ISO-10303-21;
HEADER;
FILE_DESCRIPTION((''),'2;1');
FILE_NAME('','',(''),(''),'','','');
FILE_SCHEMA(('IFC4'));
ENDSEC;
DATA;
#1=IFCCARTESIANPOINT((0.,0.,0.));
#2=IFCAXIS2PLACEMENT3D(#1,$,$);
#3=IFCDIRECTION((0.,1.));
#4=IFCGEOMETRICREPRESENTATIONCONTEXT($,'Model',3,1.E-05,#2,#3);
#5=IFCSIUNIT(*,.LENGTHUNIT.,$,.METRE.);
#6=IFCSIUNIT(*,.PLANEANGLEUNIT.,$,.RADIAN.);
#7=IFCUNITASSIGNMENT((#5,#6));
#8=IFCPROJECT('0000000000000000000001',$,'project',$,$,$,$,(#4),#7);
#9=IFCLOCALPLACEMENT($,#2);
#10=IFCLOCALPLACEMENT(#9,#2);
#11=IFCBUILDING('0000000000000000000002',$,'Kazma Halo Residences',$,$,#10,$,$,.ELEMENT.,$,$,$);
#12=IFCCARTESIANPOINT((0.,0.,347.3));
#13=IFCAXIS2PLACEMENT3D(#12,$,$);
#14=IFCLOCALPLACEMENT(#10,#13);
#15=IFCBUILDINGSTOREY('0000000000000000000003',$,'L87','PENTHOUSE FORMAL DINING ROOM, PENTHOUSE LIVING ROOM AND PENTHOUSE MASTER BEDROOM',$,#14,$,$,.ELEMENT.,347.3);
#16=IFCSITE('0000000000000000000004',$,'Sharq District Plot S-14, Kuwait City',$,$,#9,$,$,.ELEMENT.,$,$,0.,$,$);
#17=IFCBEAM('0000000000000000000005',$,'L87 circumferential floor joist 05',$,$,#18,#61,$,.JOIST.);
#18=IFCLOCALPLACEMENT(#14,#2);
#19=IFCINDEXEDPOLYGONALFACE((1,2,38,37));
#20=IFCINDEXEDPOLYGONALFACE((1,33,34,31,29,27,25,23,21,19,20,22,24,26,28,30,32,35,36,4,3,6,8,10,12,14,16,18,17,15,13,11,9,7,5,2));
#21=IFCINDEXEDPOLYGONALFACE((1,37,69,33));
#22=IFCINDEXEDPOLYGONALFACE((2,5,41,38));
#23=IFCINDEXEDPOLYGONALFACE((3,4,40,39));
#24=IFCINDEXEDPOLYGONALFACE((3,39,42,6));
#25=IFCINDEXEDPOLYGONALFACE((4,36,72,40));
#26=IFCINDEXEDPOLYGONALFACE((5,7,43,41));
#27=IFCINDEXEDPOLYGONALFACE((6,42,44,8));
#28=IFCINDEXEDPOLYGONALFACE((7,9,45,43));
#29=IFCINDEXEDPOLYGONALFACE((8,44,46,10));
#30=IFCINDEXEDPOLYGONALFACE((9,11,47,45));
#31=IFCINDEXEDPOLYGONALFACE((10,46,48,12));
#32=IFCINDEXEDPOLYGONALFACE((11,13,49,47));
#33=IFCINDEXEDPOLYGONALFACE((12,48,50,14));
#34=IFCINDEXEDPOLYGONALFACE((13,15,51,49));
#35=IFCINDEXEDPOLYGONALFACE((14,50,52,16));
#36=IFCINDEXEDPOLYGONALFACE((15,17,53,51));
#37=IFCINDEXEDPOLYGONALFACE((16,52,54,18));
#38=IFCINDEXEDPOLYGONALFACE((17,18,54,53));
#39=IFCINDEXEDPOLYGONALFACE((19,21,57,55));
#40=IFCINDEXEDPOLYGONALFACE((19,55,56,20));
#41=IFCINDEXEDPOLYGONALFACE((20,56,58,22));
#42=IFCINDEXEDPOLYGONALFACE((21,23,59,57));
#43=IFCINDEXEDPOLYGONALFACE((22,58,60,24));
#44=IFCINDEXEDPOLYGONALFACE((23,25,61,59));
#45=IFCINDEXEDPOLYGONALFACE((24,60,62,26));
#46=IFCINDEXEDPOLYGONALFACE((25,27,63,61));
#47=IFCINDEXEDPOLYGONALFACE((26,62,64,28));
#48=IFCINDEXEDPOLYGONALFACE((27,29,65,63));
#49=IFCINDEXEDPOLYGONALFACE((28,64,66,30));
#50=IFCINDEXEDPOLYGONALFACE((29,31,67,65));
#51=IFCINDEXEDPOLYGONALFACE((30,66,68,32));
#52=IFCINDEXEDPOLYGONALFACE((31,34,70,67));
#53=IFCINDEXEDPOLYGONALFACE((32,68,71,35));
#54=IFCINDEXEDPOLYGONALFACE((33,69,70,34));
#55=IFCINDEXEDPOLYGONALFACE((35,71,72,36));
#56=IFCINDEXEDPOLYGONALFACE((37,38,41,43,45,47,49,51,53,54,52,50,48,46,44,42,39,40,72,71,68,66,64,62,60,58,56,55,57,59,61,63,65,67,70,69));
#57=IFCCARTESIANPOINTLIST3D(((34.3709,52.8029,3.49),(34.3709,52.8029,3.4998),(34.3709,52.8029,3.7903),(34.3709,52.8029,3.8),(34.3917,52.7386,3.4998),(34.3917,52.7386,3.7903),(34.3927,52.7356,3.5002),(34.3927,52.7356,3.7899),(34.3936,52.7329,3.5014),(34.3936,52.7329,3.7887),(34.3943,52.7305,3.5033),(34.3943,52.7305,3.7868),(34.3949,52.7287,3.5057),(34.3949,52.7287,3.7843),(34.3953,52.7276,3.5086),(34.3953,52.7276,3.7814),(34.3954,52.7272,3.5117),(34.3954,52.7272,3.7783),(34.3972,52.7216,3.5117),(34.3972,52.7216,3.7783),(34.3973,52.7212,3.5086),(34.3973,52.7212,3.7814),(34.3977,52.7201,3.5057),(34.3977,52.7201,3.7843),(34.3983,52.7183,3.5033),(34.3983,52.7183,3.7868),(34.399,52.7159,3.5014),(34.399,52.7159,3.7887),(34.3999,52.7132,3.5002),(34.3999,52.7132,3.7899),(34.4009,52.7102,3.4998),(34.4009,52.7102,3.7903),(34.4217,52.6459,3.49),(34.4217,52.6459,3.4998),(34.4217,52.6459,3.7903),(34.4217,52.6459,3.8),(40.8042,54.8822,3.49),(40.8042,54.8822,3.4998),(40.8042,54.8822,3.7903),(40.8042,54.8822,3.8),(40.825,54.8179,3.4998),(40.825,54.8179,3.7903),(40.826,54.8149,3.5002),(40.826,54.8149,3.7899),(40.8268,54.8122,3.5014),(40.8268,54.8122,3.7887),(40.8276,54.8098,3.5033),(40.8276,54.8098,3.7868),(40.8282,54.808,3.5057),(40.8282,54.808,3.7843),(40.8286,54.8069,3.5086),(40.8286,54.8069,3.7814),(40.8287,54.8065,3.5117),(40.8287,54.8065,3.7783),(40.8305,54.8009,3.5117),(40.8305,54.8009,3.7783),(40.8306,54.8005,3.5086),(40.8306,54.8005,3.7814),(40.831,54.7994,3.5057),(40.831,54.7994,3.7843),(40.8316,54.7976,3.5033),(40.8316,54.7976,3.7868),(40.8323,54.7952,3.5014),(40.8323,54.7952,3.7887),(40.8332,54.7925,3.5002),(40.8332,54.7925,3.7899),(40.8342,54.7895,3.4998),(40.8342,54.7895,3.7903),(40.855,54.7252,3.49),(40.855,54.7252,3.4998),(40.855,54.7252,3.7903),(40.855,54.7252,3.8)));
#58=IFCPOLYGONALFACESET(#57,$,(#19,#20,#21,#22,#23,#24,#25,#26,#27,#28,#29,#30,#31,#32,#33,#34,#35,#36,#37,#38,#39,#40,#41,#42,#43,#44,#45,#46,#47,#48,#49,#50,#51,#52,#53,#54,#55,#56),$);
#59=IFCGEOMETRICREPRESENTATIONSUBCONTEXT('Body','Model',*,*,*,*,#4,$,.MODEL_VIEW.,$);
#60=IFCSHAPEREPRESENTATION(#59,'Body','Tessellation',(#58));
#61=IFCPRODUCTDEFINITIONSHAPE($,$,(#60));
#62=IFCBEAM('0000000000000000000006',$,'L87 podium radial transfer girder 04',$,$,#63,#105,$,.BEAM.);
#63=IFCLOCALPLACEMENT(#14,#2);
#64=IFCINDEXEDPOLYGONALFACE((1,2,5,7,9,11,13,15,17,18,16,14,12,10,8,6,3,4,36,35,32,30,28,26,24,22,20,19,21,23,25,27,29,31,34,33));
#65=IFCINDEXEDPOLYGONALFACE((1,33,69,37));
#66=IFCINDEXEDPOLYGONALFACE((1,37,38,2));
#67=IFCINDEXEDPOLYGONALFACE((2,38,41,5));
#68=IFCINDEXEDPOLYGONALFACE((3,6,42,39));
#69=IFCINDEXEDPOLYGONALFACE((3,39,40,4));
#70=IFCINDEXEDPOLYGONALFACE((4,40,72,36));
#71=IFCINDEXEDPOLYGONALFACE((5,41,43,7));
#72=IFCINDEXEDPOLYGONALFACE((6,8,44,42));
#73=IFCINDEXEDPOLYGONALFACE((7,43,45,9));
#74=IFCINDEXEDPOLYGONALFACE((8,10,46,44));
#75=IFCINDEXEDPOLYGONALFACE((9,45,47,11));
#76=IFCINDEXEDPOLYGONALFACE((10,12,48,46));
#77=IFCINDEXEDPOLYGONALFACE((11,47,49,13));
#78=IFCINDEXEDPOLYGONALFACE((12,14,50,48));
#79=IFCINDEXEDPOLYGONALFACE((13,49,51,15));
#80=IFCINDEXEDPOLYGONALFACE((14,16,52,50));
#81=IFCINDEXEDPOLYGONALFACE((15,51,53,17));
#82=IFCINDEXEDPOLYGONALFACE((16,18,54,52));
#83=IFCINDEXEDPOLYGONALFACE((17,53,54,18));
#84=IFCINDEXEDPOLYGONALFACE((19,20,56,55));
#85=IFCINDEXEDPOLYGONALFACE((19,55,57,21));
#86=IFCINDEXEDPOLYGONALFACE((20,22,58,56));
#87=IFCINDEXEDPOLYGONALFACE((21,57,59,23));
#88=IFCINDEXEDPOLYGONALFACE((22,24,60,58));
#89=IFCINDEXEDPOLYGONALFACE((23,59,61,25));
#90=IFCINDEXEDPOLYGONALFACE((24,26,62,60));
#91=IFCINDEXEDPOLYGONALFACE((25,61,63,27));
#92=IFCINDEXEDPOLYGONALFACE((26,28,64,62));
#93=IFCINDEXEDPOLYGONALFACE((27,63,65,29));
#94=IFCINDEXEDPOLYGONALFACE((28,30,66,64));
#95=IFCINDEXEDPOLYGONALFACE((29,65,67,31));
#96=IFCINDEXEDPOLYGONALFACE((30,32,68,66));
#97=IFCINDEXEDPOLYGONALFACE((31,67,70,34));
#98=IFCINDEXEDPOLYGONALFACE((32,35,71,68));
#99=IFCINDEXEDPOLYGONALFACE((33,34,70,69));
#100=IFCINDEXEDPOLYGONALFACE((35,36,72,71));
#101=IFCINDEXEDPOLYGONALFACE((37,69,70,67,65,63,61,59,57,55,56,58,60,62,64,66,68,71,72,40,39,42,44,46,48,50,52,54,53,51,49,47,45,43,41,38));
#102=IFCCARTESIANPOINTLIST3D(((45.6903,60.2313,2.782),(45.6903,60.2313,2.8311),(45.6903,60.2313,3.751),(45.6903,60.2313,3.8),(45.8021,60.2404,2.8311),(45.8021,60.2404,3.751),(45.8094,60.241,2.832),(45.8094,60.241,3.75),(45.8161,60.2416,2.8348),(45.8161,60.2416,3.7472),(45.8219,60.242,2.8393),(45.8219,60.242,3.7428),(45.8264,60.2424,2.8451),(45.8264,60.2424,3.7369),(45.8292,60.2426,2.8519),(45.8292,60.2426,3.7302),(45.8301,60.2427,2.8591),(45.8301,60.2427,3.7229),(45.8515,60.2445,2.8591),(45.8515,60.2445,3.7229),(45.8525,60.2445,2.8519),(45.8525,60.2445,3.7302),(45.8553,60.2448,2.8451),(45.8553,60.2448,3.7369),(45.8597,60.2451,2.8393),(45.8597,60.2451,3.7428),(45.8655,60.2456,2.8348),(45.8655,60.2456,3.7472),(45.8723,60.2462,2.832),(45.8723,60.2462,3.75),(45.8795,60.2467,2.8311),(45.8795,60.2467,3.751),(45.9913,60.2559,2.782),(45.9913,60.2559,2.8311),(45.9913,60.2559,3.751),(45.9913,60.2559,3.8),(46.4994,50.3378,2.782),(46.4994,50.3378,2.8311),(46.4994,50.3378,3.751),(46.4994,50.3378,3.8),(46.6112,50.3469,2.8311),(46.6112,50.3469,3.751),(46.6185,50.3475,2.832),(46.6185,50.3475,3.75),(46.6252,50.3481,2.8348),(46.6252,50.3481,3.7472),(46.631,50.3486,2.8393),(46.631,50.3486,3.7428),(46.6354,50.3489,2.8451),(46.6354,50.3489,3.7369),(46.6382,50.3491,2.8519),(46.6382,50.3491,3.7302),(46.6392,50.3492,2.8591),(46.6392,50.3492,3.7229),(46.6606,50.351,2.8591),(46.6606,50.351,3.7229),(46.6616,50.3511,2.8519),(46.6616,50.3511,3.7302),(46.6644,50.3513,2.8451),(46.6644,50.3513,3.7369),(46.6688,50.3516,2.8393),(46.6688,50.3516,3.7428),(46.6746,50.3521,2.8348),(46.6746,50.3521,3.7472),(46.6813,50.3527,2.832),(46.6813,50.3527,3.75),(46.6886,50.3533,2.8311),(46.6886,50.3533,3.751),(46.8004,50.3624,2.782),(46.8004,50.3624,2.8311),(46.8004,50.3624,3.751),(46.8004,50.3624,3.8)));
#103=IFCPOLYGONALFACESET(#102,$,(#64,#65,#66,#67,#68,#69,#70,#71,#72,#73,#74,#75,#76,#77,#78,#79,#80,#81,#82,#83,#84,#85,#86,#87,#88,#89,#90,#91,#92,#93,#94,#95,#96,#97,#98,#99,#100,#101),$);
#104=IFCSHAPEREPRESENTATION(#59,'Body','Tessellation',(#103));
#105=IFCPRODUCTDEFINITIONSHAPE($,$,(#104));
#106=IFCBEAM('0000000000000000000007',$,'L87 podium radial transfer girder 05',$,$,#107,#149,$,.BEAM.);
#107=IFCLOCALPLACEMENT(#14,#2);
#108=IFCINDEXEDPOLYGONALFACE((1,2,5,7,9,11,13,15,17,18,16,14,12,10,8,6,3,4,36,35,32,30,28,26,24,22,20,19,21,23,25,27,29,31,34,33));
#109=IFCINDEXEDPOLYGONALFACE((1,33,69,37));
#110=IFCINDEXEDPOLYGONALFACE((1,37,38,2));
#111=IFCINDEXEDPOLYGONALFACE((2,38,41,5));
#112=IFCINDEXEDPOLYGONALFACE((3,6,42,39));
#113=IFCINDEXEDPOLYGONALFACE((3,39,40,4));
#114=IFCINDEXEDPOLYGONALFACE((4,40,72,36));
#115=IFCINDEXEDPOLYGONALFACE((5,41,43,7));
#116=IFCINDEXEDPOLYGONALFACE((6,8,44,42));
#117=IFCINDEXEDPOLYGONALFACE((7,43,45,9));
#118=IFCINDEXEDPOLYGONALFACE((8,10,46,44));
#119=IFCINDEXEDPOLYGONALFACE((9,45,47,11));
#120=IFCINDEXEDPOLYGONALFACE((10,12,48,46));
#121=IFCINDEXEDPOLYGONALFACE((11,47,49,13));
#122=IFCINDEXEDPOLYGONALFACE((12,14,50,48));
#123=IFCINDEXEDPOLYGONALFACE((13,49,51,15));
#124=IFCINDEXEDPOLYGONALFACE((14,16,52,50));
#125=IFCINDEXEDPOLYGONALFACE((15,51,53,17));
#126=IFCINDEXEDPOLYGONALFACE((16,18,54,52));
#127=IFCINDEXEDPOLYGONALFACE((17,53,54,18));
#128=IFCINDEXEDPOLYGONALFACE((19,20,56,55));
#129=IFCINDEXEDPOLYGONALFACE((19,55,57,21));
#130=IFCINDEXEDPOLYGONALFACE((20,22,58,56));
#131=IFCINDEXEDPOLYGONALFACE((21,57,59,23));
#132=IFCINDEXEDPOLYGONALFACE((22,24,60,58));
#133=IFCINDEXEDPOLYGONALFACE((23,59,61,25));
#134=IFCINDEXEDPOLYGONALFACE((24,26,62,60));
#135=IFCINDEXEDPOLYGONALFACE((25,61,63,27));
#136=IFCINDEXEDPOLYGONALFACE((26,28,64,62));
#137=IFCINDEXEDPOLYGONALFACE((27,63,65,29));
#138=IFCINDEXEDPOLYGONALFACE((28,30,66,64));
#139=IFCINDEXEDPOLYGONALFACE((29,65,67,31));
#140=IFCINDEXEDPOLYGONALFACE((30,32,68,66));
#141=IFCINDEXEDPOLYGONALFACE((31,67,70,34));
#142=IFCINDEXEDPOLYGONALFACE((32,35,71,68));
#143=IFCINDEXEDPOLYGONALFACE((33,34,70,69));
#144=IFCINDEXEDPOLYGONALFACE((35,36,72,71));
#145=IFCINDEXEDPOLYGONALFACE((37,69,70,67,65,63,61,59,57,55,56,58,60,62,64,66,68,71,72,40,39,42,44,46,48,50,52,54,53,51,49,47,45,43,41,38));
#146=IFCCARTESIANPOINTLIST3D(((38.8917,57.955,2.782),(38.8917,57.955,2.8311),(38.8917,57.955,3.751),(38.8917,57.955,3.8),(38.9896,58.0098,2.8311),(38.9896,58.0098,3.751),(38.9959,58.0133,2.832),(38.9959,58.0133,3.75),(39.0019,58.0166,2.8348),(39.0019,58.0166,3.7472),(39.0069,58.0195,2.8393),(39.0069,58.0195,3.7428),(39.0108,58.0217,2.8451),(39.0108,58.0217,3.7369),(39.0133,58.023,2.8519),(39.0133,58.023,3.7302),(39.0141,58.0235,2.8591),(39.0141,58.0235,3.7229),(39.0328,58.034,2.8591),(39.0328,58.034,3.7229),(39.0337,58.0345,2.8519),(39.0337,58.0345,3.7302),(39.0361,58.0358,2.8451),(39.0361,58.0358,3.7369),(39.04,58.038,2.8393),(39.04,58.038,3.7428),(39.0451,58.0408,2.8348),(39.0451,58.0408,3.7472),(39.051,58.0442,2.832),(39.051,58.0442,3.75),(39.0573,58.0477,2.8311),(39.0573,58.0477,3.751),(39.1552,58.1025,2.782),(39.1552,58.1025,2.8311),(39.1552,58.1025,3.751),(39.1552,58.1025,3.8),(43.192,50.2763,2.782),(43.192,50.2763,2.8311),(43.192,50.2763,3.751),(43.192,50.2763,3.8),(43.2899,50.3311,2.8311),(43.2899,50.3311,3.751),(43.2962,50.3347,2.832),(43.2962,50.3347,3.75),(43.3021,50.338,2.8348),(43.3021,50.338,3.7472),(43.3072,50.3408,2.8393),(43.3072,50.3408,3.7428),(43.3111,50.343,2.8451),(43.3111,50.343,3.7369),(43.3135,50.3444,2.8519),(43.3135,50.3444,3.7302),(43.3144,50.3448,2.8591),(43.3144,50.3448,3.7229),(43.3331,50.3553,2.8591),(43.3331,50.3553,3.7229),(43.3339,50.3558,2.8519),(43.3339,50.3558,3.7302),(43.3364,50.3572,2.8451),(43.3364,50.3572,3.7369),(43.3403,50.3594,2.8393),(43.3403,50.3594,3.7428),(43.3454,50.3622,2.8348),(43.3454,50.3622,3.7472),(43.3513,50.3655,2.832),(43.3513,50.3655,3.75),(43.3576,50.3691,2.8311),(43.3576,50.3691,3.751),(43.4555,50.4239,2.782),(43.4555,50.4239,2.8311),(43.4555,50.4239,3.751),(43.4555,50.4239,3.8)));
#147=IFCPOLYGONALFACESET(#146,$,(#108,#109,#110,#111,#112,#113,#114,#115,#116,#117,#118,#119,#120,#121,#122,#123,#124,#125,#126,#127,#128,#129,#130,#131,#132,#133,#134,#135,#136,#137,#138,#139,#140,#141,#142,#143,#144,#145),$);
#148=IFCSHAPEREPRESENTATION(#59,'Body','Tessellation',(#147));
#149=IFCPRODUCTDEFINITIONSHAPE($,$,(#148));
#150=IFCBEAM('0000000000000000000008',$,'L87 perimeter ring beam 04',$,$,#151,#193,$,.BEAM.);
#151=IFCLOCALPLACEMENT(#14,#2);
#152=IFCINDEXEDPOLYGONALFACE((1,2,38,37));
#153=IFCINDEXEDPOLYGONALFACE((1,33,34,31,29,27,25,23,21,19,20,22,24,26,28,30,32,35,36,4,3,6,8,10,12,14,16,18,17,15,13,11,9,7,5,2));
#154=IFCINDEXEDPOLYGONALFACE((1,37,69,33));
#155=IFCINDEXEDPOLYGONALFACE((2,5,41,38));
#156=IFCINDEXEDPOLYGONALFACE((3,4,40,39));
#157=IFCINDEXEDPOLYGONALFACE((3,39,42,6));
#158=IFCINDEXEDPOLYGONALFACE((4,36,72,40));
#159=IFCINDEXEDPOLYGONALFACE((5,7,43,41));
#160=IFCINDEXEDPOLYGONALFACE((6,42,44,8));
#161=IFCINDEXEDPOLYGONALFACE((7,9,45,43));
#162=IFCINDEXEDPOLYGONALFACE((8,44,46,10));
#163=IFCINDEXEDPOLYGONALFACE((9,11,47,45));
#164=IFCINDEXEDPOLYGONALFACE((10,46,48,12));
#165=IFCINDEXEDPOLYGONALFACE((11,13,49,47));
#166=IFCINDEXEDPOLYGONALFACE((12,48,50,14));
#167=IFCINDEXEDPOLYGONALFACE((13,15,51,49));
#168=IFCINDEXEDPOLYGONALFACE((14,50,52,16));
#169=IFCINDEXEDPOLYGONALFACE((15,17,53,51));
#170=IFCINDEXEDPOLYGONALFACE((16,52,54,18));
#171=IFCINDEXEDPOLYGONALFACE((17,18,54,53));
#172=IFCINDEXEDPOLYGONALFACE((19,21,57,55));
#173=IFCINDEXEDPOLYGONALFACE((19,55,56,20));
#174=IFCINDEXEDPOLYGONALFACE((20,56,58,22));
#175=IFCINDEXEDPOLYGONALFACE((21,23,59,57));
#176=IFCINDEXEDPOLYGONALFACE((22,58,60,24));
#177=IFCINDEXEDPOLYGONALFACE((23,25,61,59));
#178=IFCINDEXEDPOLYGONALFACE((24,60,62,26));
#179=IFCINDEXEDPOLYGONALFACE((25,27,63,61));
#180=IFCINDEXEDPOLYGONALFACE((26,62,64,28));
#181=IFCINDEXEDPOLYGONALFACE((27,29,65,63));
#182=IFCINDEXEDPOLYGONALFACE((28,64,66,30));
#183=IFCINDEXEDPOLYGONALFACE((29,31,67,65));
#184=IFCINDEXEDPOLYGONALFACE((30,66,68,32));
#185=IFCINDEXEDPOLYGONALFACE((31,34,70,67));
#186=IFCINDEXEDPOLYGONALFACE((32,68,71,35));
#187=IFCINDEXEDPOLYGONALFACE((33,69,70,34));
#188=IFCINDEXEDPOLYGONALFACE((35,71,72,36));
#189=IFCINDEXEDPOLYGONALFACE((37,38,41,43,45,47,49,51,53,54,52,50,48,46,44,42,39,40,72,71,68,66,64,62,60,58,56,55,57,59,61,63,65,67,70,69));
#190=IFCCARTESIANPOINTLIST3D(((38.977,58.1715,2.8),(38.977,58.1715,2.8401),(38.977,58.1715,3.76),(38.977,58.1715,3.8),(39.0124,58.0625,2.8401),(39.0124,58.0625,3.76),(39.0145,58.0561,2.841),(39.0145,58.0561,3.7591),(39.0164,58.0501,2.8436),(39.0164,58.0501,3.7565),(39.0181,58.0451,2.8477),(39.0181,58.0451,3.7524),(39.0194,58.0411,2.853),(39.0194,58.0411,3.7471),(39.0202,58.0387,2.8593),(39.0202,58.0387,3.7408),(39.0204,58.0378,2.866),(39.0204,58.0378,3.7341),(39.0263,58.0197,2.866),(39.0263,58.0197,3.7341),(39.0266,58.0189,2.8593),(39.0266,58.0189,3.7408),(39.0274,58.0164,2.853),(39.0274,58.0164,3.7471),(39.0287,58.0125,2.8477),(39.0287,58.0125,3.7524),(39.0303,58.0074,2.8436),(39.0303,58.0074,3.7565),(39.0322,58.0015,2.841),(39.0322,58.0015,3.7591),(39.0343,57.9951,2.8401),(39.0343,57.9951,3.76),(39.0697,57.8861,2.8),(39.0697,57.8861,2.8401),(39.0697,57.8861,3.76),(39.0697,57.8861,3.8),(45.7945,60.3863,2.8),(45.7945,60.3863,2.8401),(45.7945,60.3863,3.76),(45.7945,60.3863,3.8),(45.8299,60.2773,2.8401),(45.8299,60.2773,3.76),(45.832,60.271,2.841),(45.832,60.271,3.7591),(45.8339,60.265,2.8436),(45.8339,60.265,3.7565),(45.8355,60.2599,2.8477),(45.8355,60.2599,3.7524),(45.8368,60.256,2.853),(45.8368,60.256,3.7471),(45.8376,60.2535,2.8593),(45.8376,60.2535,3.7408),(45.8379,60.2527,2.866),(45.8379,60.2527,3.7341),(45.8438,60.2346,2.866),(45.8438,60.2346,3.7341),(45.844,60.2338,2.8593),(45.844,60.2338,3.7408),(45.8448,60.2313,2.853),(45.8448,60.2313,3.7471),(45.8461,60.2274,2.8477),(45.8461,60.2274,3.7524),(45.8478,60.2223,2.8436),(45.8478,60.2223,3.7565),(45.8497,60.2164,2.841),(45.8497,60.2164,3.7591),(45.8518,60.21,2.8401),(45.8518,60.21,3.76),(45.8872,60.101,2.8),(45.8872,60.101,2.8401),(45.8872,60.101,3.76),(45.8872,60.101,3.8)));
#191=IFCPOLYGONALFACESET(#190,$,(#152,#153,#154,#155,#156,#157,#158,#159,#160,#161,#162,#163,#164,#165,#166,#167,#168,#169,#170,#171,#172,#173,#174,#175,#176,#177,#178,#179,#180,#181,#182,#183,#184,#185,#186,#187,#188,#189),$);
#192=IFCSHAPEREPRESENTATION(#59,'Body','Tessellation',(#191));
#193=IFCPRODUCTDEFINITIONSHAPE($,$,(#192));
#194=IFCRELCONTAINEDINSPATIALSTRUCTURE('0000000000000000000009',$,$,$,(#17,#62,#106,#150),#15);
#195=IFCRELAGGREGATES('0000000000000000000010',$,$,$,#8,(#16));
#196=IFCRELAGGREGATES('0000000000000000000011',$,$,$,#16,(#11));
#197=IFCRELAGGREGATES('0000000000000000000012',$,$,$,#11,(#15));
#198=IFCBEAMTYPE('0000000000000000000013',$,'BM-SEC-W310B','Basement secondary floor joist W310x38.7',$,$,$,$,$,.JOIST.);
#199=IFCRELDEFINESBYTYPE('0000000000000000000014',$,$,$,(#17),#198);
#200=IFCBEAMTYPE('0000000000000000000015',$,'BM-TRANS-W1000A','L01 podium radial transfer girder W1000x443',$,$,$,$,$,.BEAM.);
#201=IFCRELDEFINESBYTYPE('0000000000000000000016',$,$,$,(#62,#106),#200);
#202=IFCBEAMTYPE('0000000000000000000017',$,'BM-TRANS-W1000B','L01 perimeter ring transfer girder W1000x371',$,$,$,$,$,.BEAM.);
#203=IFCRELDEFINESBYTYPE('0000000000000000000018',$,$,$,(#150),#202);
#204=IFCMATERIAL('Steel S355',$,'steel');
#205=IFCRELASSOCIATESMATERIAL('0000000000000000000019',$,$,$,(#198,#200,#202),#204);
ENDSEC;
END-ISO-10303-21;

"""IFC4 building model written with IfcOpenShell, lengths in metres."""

from ifc_helpers import new_model, si_unit, direction, frame, origin, origin_2d, place, context, subcontext, project, spatial, i_section, extrude, material, material_profile, profile_set, type_object, element, save


model = new_model("IFC4")

# Units and contexts
model_context = context("Model", 3, precision=1e-05, world=origin(), true_north=direction((0.0, 1.0)))
body_context = subcontext(model_context, "Body", "Model", "MODEL_VIEW")
ifc_project = project(units=[si_unit("LENGTHUNIT", "METRE"), si_unit("PLANEANGLEUNIT", "RADIAN")], contexts=[model_context])

# Site, building, storey
site_placement = place(None, origin())
site = spatial("IfcSite", under=ifc_project, at=site_placement, Name="Sharq District Plot S-14, Kuwait City", CompositionType="ELEMENT", RefElevation=0.0)
building_placement = place(site_placement, origin())
building = spatial("IfcBuilding", under=site, at=building_placement, Name="Kazma Halo Residences", CompositionType="ELEMENT")
storey_placement = place(building_placement, frame((0.0, 0.0, 347.3)))
storey = spatial("IfcBuildingStorey", under=building, at=storey_placement, Name="L87", Description="PENTHOUSE FORMAL DINING ROOM, PENTHOUSE LIVING ROOM AND PENTHOUSE MASTER BEDROOM", CompositionType="ELEMENT", Elevation=347.3)

# Beams
ifc_material_1 = material(Name="Steel S355", Category="steel")
ifc_material_profile_1 = material_profile(ifc_material_1, i_section(OverallWidth=0.165, OverallDepth=0.3101, WebThickness=0.0059, FlangeThickness=0.0098, FilletRadius=0.012, at=origin_2d()), Name="W310x38.7")
ifc_profile_set_1 = profile_set([ifc_material_profile_1], Name="Steel S355")
beam_type_1 = type_object("IfcBeamType", Name="BM-SEC-W310B", Description="Basement secondary floor joist W310x38.7", PredefinedType="JOIST", material=ifc_profile_set_1)
beam_1_placement = place(storey_placement, frame((40.8296, 54.8037, 3.645), z_axis=(-0.951533, -0.307548, 0.0), x_axis=(0.307548, -0.951533, 0.0)))
element("IfcBeam", 1, at=beam_1_placement, inside=storey, type_object=beam_type_1, Name="L87 circumferential floor joist 05", PredefinedType="JOIST", context=body_context, shape_type="SweptSolid", body=[
    extrude(i_section(OverallWidth=0.165, OverallDepth=0.3101, WebThickness=0.0059, FlangeThickness=0.0098, FilletRadius=0.012, at=origin_2d()), origin(), (0.0, 0.0, 1.0), 6.761),
])
ifc_material_profile_2 = material_profile(ifc_material_1, i_section(OverallWidth=0.302, OverallDepth=1.0181, WebThickness=0.0215, FlangeThickness=0.0491, FilletRadius=0.0281, at=origin_2d()), Name="W1000x443")
ifc_profile_set_2 = profile_set([ifc_material_profile_2], Name="Steel S355")
beam_type_2 = type_object("IfcBeamType", Name="BM-TRANS-W1000A", Description="L01 podium radial transfer girder W1000x443", PredefinedType="BEAM", material=ifc_profile_set_2)
beam_2_placement = place(storey_placement, frame((46.6499, 50.3501, 3.291), z_axis=(-0.081507, 0.996673, 0.0), x_axis=(-0.996673, -0.081507, 0.0)))
element("IfcBeam", 2, at=beam_2_placement, inside=storey, type_object=beam_type_2, Name="L87 podium radial transfer girder 04", PredefinedType="BEAM", context=body_context, shape_type="SweptSolid", body=[
    extrude(i_section(OverallWidth=0.302, OverallDepth=1.0181, WebThickness=0.0215, FlangeThickness=0.0491, FilletRadius=0.0281, at=origin_2d()), origin(), (0.0, 0.0, 1.0), 9.9265),
])
beam_3_placement = place(storey_placement, frame((43.3237, 50.3501, 3.291), z_axis=(-0.488622, 0.872496, 0.0), x_axis=(-0.872496, -0.488622, 0.0)))
element("IfcBeam", 3, at=beam_3_placement, inside=storey, type_object=beam_type_2, Name="L87 podium radial transfer girder 05", PredefinedType="BEAM", context=body_context, shape_type="SweptSolid", body=[
    extrude(i_section(OverallWidth=0.302, OverallDepth=1.0181, WebThickness=0.0215, FlangeThickness=0.0491, FilletRadius=0.0281, at=origin_2d()), origin(), (0.0, 0.0, 1.0), 8.8008),
])
ifc_material_profile_3 = material_profile(ifc_material_1, i_section(OverallWidth=0.3, OverallDepth=1.0, WebThickness=0.019, FlangeThickness=0.04, FilletRadius=0.0259, at=origin_2d()), Name="W1000x371")
ifc_profile_set_3 = profile_set([ifc_material_profile_3], Name="Steel S355")
beam_type_3 = type_object("IfcBeamType", Name="BM-TRANS-W1000B", Description="L01 perimeter ring transfer girder W1000x371", PredefinedType="BEAM", material=ifc_profile_set_3)
beam_4_placement = place(storey_placement, frame((45.8408, 60.2437, 3.3), z_axis=(-0.951067, -0.308984, 0.0), x_axis=(0.308984, -0.951067, 0.0)))
element("IfcBeam", 4, at=beam_4_placement, inside=storey, type_object=beam_type_3, Name="L87 perimeter ring beam 04", PredefinedType="BEAM", context=body_context, shape_type="SweptSolid", body=[
    extrude(i_section(OverallWidth=0.3, OverallDepth=1.0, WebThickness=0.019, FlangeThickness=0.04, FilletRadius=0.0259, at=origin_2d()), origin(), (0.0, 0.0, 1.0), 7.1682),
])

save(model, "model.ifc")
